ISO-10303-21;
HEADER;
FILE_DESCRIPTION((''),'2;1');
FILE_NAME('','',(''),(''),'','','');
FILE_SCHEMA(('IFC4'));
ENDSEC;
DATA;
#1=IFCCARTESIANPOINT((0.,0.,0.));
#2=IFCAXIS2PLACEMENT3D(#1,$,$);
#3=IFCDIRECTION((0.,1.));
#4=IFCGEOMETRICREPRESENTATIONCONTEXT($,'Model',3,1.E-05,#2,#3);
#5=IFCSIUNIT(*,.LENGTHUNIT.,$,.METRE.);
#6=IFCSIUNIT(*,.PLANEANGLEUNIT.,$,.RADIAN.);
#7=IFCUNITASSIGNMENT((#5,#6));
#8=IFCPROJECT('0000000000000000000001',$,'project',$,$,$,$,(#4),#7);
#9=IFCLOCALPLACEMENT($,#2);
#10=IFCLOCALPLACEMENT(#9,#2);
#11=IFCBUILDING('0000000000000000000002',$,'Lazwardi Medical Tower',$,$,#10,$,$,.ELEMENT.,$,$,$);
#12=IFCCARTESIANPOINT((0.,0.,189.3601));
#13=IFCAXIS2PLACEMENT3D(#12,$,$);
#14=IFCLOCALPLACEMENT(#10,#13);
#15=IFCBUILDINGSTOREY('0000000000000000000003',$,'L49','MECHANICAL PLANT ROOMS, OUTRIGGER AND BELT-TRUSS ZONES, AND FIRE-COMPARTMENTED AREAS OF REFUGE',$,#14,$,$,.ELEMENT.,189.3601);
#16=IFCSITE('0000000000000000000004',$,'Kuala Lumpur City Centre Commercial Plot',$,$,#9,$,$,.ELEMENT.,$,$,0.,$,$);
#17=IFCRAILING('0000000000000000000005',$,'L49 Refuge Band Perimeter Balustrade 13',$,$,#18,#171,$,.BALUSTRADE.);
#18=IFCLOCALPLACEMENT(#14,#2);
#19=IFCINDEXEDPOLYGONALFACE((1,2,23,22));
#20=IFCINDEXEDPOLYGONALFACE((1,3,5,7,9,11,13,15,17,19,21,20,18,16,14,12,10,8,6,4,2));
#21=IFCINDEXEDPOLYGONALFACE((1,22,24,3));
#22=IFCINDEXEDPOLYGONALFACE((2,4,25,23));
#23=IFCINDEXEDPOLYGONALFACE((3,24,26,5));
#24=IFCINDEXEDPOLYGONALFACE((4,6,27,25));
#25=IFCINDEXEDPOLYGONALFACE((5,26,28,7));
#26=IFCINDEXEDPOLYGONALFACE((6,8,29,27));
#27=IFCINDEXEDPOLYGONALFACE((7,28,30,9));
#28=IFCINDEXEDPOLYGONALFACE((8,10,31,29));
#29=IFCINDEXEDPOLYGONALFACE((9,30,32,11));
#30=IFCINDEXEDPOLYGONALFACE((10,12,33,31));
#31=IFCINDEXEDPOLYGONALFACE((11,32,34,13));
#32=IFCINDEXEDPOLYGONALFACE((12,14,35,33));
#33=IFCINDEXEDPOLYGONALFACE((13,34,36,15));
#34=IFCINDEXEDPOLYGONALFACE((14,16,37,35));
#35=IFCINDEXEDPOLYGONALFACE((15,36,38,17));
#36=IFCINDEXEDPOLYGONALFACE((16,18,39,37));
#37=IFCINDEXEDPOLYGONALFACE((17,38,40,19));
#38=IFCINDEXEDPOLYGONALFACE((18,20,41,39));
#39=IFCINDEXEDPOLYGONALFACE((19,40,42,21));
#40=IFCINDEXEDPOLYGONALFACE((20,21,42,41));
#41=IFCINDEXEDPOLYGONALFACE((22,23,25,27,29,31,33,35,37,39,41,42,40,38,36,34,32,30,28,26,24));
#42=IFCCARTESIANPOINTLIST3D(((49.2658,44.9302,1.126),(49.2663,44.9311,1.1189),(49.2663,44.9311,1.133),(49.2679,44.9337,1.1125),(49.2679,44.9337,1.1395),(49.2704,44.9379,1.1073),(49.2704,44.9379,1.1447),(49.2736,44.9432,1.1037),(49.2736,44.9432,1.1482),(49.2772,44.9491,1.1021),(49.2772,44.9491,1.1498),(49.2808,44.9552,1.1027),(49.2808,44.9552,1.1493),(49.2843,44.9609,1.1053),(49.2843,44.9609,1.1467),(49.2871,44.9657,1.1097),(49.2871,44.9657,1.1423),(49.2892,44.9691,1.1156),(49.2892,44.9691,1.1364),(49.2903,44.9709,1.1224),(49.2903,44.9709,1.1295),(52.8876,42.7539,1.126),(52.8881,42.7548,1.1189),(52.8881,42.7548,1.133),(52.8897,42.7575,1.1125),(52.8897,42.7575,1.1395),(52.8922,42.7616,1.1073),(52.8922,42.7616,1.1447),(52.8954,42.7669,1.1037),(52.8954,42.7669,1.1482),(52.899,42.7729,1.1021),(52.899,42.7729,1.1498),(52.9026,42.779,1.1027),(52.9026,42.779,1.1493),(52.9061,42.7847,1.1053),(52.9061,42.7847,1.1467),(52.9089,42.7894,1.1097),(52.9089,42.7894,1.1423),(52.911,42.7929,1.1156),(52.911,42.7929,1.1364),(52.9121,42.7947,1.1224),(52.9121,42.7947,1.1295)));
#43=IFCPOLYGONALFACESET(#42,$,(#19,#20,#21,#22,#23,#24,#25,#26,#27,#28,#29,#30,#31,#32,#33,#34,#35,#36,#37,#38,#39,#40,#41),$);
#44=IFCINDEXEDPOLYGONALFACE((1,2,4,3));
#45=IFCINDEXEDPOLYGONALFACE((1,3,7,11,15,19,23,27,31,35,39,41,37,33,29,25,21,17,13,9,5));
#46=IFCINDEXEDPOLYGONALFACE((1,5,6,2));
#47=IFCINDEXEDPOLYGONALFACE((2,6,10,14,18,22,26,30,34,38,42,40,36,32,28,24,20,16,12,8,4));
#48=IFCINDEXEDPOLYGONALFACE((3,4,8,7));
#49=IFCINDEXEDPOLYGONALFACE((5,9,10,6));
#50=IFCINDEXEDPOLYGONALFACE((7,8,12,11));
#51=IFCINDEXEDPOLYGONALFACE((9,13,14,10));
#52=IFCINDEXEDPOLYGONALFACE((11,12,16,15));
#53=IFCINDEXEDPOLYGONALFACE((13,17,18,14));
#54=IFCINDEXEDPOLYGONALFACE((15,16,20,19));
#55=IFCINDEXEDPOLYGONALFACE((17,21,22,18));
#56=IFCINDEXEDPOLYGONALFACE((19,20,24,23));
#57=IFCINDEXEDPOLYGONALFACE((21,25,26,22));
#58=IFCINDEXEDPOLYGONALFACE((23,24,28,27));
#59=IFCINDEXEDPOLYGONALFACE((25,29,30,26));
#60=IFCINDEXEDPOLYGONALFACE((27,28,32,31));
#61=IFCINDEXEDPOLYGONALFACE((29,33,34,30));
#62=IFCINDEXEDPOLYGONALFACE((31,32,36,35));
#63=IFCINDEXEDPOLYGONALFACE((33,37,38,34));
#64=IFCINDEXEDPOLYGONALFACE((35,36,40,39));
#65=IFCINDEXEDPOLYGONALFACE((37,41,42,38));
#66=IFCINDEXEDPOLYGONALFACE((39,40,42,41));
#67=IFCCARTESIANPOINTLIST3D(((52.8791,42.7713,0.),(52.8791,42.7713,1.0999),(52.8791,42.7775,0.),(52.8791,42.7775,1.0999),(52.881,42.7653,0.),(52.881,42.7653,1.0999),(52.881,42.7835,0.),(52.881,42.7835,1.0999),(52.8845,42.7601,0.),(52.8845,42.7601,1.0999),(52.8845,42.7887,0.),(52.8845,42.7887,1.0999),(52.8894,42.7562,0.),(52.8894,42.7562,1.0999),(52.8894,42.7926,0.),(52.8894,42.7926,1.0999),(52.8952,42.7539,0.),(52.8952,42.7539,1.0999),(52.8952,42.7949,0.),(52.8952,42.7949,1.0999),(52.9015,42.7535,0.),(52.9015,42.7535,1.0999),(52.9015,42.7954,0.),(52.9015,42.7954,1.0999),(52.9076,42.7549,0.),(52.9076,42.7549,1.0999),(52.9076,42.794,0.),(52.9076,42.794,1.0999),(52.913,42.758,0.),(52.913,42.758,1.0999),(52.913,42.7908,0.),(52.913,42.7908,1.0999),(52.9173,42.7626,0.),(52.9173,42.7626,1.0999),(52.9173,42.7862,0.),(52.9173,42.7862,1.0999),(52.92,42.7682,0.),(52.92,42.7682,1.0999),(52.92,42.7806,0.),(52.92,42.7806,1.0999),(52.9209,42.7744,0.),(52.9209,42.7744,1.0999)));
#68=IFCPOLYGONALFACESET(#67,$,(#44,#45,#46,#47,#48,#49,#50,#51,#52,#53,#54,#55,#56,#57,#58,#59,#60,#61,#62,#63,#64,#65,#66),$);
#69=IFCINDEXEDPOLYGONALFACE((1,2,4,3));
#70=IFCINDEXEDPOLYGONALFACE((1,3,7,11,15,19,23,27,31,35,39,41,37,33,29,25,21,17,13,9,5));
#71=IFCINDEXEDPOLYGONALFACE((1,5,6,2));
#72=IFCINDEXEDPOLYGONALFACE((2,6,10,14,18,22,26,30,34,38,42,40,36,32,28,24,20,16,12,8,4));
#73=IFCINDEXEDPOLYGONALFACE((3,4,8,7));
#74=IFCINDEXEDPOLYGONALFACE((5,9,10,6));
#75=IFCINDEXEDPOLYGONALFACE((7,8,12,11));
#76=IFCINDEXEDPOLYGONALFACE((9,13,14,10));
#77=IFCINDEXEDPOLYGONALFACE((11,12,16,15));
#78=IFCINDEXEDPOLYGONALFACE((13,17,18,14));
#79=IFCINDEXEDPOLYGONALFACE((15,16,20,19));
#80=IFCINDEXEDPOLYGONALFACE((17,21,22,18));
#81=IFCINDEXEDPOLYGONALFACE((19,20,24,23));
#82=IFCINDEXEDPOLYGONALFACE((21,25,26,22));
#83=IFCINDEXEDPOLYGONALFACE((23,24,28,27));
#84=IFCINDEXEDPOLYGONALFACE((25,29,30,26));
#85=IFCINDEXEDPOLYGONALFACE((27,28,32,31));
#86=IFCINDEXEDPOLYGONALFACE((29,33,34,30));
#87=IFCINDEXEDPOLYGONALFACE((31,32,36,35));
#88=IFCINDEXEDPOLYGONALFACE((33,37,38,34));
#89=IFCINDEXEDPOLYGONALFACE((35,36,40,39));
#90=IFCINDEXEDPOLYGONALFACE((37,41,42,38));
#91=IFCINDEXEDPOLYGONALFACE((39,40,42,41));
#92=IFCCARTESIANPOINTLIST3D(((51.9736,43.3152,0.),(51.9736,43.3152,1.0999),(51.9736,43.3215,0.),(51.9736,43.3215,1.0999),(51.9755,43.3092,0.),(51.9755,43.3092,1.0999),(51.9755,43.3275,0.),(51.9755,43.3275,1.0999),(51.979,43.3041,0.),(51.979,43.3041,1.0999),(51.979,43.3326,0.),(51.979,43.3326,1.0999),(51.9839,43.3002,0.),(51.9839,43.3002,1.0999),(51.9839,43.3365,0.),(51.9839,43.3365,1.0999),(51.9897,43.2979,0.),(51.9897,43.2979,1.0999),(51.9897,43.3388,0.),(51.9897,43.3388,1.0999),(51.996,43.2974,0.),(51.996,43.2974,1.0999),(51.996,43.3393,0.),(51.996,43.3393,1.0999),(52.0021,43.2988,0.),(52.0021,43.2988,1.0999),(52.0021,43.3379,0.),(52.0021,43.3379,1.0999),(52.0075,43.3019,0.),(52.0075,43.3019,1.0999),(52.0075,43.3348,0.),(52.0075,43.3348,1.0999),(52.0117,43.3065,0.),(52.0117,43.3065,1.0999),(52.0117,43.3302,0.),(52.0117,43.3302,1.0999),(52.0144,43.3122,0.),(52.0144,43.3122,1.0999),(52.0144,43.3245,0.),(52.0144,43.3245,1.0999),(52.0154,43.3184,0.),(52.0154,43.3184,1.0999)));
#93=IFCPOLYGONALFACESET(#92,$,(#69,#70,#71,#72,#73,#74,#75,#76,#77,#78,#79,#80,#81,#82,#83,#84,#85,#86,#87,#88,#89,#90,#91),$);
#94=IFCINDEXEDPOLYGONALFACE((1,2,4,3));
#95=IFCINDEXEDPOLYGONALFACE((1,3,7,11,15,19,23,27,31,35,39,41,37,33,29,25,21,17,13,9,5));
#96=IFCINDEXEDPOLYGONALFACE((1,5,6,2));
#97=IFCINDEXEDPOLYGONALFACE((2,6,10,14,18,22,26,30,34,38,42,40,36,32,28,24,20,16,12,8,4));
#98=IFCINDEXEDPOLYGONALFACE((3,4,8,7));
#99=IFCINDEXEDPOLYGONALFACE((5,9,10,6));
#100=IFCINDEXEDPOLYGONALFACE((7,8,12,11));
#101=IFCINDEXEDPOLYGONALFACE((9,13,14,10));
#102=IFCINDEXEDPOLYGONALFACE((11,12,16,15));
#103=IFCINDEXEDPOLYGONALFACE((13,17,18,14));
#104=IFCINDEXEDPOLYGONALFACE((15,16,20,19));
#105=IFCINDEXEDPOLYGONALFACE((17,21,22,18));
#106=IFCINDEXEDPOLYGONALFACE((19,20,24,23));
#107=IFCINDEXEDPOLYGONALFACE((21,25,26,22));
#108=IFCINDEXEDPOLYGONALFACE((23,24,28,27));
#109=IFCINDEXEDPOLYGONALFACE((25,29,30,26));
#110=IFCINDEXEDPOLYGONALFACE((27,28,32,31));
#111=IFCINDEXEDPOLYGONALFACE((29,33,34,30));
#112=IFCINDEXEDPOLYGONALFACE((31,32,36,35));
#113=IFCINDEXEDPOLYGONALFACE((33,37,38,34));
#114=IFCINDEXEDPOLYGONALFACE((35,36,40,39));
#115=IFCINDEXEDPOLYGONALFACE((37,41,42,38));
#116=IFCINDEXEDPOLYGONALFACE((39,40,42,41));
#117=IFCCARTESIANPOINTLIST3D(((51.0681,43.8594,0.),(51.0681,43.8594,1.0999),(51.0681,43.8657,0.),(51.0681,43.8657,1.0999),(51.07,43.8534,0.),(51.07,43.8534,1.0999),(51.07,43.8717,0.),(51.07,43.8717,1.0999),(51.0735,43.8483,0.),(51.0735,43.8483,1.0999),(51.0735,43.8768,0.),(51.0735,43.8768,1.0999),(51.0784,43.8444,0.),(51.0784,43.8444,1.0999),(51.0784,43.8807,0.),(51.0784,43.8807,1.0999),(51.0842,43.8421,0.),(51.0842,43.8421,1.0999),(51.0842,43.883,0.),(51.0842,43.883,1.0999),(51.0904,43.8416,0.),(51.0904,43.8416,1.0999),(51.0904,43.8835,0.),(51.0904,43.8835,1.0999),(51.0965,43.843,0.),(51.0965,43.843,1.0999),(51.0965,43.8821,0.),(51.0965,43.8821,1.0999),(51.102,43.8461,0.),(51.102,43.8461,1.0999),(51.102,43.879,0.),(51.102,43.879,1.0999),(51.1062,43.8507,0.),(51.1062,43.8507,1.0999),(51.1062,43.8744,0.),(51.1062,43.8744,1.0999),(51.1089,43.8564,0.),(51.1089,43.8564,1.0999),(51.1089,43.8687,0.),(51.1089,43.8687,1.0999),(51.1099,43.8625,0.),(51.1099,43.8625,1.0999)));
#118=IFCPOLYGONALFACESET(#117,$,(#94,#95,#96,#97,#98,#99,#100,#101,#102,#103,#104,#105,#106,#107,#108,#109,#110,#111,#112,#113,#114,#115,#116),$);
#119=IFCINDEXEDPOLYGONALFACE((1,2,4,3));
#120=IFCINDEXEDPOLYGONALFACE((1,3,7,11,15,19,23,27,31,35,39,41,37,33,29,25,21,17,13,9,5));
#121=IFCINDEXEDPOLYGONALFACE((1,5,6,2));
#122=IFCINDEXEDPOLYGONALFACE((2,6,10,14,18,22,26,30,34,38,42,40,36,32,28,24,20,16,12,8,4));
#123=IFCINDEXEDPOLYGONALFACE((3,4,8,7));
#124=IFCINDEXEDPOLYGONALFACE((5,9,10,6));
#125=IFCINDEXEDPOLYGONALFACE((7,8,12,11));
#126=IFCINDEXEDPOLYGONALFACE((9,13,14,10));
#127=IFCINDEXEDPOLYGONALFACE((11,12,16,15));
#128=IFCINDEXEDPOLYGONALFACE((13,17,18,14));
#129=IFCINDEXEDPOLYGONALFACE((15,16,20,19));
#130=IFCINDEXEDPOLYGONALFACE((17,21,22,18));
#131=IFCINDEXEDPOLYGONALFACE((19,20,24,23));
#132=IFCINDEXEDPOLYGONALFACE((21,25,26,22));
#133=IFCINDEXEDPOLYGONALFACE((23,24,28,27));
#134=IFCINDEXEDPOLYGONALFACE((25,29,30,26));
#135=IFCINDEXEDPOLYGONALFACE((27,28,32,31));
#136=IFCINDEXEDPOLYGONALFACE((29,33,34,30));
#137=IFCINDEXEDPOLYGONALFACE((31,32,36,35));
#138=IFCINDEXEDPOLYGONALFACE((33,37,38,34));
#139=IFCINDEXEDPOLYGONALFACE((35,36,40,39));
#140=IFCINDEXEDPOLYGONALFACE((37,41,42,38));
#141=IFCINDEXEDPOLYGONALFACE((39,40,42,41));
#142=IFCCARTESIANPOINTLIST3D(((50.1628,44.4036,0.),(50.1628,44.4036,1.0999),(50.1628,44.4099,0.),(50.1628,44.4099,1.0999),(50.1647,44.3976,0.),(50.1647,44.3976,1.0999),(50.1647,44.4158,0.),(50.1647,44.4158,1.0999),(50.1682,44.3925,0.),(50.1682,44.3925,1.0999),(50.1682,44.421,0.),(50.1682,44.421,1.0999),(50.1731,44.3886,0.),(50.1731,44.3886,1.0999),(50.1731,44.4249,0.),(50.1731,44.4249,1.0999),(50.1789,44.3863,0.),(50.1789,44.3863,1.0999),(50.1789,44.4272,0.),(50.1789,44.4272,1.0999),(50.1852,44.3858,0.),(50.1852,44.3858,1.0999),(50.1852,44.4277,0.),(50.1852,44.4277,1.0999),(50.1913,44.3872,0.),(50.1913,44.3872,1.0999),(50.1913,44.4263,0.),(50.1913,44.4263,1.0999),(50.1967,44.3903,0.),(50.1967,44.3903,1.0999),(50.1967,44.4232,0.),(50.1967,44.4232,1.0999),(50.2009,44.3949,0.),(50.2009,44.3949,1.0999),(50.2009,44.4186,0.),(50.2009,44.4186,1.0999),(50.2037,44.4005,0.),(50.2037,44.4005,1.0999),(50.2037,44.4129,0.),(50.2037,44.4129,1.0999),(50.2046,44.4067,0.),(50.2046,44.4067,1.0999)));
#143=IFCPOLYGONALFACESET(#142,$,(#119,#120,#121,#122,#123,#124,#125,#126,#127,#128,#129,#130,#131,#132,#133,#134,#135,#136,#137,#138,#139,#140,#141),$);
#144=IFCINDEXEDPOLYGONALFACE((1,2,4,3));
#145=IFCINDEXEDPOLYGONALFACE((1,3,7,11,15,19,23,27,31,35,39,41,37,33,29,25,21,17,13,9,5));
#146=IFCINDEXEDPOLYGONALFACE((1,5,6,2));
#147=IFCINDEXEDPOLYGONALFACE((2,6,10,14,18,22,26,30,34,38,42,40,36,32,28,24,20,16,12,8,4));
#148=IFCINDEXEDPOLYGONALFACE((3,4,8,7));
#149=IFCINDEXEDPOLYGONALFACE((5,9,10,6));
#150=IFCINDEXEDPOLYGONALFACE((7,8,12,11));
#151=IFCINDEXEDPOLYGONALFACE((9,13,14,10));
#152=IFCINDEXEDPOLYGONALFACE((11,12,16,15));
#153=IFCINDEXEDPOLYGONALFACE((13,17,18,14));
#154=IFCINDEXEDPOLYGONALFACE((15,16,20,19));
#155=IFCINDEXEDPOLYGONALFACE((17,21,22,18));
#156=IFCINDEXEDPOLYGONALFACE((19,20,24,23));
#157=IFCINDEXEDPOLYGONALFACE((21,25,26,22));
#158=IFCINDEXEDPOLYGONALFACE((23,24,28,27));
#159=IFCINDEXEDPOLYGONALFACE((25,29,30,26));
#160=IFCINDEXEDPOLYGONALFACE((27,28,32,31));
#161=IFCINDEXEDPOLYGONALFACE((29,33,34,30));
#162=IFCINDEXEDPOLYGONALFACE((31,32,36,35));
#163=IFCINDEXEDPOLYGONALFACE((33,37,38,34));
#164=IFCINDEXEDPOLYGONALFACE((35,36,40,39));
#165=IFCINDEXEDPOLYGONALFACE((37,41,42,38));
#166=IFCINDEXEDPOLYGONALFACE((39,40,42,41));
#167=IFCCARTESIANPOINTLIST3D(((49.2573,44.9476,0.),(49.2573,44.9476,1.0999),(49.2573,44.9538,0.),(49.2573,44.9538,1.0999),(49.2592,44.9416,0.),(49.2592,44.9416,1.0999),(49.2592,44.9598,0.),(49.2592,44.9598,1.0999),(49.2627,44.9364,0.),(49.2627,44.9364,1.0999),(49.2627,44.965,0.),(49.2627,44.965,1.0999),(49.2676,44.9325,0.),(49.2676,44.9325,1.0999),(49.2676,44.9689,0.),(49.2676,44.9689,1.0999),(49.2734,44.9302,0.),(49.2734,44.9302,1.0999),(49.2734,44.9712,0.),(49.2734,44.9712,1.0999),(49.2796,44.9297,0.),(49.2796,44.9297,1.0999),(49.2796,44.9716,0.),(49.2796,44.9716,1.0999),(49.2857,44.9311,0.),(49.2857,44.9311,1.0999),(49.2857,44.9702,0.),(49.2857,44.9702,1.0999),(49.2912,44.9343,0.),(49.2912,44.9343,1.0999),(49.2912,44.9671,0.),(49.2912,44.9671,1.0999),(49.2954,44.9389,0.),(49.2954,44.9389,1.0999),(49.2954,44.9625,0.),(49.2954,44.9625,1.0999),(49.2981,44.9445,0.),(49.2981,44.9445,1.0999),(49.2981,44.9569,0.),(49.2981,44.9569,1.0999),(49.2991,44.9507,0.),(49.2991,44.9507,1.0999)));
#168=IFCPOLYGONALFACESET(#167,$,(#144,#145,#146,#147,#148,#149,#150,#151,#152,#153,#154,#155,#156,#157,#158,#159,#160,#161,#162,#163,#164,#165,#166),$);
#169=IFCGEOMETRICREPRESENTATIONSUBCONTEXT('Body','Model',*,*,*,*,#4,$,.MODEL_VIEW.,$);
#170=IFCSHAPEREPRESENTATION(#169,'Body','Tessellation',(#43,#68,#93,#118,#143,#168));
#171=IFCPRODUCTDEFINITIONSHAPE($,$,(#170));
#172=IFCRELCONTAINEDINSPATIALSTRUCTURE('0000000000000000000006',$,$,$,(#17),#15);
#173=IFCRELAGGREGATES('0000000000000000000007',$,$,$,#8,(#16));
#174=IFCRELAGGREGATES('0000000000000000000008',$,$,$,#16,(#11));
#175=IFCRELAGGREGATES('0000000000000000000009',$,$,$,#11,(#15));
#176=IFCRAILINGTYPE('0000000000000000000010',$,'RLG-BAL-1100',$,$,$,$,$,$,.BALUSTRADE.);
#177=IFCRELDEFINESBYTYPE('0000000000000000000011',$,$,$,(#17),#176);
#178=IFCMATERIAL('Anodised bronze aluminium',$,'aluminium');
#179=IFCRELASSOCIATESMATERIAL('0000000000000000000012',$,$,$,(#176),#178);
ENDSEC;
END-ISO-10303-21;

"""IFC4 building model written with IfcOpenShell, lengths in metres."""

from ifc_helpers import new_model, si_unit, direction, frame, origin, origin_2d, place, context, subcontext, project, spatial, circle, extrude, material, type_object, element, save


model = new_model("IFC4")

# Units and contexts
model_context = context("Model", 3, precision=1e-05, world=origin(), true_north=direction((0.0, 1.0)))
body_context = subcontext(model_context, "Body", "Model", "MODEL_VIEW")
ifc_project = project(units=[si_unit("LENGTHUNIT", "METRE"), si_unit("PLANEANGLEUNIT", "RADIAN")], contexts=[model_context])

# Site, building, storey
site_placement = place(None, origin())
site = spatial("IfcSite", under=ifc_project, at=site_placement, Name="Kuala Lumpur City Centre Commercial Plot", CompositionType="ELEMENT", RefElevation=0.0)
building_placement = place(site_placement, origin())
building = spatial("IfcBuilding", under=site, at=building_placement, Name="Lazwardi Medical Tower", CompositionType="ELEMENT")
storey_placement = place(building_placement, frame((0.0, 0.0, 189.3601)))
storey = spatial("IfcBuildingStorey", under=building, at=storey_placement, Name="L49", Description="MECHANICAL PLANT ROOMS, OUTRIGGER AND BELT-TRUSS ZONES, AND FIRE-COMPARTMENTED AREAS OF REFUGE", CompositionType="ELEMENT", Elevation=189.3601)

# Railing
ifc_material_1 = material(Name="Anodised bronze aluminium", Category="aluminium")
railing_type = type_object("IfcRailingType", Name="RLG-BAL-1100", PredefinedType="BALUSTRADE", material=ifc_material_1)
railing_1_placement = place(storey_placement, frame((52.8999, 42.7744, 0.0)))
element("IfcRailing", 1, at=railing_1_placement, inside=storey, type_object=railing_type, Name="L49 Refuge Band Perimeter Balustrade 13", PredefinedType="BALUSTRADE", context=body_context, shape_type="SweptSolid", body=[
    extrude(circle(Radius=0.0239, at=origin_2d()), frame((0.0, 0.0, 1.126), z_axis=(-0.857161, 0.515048, 0.0), x_axis=(-0.515048, -0.857161, 0.0)), (0.0, 0.0, 1.0), 4.2253),
    extrude(circle(Radius=0.021, at=origin_2d()), origin(), (0.0, 0.0, 1.0), 1.0999),
    extrude(circle(Radius=0.021, at=origin_2d()), frame((-0.9055, 0.5439, 0.0)), (0.0, 0.0, 1.0), 1.0999),
    extrude(circle(Radius=0.021, at=origin_2d()), frame((-1.811, 1.0881, 0.0)), (0.0, 0.0, 1.0), 1.0999),
    extrude(circle(Radius=0.021, at=origin_2d()), frame((-2.7163, 1.6323, 0.0)), (0.0, 0.0, 1.0), 1.0999),
    extrude(circle(Radius=0.021, at=origin_2d()), frame((-3.6218, 2.1763, 0.0)), (0.0, 0.0, 1.0), 1.0999),
])

save(model, "model.ifc")
